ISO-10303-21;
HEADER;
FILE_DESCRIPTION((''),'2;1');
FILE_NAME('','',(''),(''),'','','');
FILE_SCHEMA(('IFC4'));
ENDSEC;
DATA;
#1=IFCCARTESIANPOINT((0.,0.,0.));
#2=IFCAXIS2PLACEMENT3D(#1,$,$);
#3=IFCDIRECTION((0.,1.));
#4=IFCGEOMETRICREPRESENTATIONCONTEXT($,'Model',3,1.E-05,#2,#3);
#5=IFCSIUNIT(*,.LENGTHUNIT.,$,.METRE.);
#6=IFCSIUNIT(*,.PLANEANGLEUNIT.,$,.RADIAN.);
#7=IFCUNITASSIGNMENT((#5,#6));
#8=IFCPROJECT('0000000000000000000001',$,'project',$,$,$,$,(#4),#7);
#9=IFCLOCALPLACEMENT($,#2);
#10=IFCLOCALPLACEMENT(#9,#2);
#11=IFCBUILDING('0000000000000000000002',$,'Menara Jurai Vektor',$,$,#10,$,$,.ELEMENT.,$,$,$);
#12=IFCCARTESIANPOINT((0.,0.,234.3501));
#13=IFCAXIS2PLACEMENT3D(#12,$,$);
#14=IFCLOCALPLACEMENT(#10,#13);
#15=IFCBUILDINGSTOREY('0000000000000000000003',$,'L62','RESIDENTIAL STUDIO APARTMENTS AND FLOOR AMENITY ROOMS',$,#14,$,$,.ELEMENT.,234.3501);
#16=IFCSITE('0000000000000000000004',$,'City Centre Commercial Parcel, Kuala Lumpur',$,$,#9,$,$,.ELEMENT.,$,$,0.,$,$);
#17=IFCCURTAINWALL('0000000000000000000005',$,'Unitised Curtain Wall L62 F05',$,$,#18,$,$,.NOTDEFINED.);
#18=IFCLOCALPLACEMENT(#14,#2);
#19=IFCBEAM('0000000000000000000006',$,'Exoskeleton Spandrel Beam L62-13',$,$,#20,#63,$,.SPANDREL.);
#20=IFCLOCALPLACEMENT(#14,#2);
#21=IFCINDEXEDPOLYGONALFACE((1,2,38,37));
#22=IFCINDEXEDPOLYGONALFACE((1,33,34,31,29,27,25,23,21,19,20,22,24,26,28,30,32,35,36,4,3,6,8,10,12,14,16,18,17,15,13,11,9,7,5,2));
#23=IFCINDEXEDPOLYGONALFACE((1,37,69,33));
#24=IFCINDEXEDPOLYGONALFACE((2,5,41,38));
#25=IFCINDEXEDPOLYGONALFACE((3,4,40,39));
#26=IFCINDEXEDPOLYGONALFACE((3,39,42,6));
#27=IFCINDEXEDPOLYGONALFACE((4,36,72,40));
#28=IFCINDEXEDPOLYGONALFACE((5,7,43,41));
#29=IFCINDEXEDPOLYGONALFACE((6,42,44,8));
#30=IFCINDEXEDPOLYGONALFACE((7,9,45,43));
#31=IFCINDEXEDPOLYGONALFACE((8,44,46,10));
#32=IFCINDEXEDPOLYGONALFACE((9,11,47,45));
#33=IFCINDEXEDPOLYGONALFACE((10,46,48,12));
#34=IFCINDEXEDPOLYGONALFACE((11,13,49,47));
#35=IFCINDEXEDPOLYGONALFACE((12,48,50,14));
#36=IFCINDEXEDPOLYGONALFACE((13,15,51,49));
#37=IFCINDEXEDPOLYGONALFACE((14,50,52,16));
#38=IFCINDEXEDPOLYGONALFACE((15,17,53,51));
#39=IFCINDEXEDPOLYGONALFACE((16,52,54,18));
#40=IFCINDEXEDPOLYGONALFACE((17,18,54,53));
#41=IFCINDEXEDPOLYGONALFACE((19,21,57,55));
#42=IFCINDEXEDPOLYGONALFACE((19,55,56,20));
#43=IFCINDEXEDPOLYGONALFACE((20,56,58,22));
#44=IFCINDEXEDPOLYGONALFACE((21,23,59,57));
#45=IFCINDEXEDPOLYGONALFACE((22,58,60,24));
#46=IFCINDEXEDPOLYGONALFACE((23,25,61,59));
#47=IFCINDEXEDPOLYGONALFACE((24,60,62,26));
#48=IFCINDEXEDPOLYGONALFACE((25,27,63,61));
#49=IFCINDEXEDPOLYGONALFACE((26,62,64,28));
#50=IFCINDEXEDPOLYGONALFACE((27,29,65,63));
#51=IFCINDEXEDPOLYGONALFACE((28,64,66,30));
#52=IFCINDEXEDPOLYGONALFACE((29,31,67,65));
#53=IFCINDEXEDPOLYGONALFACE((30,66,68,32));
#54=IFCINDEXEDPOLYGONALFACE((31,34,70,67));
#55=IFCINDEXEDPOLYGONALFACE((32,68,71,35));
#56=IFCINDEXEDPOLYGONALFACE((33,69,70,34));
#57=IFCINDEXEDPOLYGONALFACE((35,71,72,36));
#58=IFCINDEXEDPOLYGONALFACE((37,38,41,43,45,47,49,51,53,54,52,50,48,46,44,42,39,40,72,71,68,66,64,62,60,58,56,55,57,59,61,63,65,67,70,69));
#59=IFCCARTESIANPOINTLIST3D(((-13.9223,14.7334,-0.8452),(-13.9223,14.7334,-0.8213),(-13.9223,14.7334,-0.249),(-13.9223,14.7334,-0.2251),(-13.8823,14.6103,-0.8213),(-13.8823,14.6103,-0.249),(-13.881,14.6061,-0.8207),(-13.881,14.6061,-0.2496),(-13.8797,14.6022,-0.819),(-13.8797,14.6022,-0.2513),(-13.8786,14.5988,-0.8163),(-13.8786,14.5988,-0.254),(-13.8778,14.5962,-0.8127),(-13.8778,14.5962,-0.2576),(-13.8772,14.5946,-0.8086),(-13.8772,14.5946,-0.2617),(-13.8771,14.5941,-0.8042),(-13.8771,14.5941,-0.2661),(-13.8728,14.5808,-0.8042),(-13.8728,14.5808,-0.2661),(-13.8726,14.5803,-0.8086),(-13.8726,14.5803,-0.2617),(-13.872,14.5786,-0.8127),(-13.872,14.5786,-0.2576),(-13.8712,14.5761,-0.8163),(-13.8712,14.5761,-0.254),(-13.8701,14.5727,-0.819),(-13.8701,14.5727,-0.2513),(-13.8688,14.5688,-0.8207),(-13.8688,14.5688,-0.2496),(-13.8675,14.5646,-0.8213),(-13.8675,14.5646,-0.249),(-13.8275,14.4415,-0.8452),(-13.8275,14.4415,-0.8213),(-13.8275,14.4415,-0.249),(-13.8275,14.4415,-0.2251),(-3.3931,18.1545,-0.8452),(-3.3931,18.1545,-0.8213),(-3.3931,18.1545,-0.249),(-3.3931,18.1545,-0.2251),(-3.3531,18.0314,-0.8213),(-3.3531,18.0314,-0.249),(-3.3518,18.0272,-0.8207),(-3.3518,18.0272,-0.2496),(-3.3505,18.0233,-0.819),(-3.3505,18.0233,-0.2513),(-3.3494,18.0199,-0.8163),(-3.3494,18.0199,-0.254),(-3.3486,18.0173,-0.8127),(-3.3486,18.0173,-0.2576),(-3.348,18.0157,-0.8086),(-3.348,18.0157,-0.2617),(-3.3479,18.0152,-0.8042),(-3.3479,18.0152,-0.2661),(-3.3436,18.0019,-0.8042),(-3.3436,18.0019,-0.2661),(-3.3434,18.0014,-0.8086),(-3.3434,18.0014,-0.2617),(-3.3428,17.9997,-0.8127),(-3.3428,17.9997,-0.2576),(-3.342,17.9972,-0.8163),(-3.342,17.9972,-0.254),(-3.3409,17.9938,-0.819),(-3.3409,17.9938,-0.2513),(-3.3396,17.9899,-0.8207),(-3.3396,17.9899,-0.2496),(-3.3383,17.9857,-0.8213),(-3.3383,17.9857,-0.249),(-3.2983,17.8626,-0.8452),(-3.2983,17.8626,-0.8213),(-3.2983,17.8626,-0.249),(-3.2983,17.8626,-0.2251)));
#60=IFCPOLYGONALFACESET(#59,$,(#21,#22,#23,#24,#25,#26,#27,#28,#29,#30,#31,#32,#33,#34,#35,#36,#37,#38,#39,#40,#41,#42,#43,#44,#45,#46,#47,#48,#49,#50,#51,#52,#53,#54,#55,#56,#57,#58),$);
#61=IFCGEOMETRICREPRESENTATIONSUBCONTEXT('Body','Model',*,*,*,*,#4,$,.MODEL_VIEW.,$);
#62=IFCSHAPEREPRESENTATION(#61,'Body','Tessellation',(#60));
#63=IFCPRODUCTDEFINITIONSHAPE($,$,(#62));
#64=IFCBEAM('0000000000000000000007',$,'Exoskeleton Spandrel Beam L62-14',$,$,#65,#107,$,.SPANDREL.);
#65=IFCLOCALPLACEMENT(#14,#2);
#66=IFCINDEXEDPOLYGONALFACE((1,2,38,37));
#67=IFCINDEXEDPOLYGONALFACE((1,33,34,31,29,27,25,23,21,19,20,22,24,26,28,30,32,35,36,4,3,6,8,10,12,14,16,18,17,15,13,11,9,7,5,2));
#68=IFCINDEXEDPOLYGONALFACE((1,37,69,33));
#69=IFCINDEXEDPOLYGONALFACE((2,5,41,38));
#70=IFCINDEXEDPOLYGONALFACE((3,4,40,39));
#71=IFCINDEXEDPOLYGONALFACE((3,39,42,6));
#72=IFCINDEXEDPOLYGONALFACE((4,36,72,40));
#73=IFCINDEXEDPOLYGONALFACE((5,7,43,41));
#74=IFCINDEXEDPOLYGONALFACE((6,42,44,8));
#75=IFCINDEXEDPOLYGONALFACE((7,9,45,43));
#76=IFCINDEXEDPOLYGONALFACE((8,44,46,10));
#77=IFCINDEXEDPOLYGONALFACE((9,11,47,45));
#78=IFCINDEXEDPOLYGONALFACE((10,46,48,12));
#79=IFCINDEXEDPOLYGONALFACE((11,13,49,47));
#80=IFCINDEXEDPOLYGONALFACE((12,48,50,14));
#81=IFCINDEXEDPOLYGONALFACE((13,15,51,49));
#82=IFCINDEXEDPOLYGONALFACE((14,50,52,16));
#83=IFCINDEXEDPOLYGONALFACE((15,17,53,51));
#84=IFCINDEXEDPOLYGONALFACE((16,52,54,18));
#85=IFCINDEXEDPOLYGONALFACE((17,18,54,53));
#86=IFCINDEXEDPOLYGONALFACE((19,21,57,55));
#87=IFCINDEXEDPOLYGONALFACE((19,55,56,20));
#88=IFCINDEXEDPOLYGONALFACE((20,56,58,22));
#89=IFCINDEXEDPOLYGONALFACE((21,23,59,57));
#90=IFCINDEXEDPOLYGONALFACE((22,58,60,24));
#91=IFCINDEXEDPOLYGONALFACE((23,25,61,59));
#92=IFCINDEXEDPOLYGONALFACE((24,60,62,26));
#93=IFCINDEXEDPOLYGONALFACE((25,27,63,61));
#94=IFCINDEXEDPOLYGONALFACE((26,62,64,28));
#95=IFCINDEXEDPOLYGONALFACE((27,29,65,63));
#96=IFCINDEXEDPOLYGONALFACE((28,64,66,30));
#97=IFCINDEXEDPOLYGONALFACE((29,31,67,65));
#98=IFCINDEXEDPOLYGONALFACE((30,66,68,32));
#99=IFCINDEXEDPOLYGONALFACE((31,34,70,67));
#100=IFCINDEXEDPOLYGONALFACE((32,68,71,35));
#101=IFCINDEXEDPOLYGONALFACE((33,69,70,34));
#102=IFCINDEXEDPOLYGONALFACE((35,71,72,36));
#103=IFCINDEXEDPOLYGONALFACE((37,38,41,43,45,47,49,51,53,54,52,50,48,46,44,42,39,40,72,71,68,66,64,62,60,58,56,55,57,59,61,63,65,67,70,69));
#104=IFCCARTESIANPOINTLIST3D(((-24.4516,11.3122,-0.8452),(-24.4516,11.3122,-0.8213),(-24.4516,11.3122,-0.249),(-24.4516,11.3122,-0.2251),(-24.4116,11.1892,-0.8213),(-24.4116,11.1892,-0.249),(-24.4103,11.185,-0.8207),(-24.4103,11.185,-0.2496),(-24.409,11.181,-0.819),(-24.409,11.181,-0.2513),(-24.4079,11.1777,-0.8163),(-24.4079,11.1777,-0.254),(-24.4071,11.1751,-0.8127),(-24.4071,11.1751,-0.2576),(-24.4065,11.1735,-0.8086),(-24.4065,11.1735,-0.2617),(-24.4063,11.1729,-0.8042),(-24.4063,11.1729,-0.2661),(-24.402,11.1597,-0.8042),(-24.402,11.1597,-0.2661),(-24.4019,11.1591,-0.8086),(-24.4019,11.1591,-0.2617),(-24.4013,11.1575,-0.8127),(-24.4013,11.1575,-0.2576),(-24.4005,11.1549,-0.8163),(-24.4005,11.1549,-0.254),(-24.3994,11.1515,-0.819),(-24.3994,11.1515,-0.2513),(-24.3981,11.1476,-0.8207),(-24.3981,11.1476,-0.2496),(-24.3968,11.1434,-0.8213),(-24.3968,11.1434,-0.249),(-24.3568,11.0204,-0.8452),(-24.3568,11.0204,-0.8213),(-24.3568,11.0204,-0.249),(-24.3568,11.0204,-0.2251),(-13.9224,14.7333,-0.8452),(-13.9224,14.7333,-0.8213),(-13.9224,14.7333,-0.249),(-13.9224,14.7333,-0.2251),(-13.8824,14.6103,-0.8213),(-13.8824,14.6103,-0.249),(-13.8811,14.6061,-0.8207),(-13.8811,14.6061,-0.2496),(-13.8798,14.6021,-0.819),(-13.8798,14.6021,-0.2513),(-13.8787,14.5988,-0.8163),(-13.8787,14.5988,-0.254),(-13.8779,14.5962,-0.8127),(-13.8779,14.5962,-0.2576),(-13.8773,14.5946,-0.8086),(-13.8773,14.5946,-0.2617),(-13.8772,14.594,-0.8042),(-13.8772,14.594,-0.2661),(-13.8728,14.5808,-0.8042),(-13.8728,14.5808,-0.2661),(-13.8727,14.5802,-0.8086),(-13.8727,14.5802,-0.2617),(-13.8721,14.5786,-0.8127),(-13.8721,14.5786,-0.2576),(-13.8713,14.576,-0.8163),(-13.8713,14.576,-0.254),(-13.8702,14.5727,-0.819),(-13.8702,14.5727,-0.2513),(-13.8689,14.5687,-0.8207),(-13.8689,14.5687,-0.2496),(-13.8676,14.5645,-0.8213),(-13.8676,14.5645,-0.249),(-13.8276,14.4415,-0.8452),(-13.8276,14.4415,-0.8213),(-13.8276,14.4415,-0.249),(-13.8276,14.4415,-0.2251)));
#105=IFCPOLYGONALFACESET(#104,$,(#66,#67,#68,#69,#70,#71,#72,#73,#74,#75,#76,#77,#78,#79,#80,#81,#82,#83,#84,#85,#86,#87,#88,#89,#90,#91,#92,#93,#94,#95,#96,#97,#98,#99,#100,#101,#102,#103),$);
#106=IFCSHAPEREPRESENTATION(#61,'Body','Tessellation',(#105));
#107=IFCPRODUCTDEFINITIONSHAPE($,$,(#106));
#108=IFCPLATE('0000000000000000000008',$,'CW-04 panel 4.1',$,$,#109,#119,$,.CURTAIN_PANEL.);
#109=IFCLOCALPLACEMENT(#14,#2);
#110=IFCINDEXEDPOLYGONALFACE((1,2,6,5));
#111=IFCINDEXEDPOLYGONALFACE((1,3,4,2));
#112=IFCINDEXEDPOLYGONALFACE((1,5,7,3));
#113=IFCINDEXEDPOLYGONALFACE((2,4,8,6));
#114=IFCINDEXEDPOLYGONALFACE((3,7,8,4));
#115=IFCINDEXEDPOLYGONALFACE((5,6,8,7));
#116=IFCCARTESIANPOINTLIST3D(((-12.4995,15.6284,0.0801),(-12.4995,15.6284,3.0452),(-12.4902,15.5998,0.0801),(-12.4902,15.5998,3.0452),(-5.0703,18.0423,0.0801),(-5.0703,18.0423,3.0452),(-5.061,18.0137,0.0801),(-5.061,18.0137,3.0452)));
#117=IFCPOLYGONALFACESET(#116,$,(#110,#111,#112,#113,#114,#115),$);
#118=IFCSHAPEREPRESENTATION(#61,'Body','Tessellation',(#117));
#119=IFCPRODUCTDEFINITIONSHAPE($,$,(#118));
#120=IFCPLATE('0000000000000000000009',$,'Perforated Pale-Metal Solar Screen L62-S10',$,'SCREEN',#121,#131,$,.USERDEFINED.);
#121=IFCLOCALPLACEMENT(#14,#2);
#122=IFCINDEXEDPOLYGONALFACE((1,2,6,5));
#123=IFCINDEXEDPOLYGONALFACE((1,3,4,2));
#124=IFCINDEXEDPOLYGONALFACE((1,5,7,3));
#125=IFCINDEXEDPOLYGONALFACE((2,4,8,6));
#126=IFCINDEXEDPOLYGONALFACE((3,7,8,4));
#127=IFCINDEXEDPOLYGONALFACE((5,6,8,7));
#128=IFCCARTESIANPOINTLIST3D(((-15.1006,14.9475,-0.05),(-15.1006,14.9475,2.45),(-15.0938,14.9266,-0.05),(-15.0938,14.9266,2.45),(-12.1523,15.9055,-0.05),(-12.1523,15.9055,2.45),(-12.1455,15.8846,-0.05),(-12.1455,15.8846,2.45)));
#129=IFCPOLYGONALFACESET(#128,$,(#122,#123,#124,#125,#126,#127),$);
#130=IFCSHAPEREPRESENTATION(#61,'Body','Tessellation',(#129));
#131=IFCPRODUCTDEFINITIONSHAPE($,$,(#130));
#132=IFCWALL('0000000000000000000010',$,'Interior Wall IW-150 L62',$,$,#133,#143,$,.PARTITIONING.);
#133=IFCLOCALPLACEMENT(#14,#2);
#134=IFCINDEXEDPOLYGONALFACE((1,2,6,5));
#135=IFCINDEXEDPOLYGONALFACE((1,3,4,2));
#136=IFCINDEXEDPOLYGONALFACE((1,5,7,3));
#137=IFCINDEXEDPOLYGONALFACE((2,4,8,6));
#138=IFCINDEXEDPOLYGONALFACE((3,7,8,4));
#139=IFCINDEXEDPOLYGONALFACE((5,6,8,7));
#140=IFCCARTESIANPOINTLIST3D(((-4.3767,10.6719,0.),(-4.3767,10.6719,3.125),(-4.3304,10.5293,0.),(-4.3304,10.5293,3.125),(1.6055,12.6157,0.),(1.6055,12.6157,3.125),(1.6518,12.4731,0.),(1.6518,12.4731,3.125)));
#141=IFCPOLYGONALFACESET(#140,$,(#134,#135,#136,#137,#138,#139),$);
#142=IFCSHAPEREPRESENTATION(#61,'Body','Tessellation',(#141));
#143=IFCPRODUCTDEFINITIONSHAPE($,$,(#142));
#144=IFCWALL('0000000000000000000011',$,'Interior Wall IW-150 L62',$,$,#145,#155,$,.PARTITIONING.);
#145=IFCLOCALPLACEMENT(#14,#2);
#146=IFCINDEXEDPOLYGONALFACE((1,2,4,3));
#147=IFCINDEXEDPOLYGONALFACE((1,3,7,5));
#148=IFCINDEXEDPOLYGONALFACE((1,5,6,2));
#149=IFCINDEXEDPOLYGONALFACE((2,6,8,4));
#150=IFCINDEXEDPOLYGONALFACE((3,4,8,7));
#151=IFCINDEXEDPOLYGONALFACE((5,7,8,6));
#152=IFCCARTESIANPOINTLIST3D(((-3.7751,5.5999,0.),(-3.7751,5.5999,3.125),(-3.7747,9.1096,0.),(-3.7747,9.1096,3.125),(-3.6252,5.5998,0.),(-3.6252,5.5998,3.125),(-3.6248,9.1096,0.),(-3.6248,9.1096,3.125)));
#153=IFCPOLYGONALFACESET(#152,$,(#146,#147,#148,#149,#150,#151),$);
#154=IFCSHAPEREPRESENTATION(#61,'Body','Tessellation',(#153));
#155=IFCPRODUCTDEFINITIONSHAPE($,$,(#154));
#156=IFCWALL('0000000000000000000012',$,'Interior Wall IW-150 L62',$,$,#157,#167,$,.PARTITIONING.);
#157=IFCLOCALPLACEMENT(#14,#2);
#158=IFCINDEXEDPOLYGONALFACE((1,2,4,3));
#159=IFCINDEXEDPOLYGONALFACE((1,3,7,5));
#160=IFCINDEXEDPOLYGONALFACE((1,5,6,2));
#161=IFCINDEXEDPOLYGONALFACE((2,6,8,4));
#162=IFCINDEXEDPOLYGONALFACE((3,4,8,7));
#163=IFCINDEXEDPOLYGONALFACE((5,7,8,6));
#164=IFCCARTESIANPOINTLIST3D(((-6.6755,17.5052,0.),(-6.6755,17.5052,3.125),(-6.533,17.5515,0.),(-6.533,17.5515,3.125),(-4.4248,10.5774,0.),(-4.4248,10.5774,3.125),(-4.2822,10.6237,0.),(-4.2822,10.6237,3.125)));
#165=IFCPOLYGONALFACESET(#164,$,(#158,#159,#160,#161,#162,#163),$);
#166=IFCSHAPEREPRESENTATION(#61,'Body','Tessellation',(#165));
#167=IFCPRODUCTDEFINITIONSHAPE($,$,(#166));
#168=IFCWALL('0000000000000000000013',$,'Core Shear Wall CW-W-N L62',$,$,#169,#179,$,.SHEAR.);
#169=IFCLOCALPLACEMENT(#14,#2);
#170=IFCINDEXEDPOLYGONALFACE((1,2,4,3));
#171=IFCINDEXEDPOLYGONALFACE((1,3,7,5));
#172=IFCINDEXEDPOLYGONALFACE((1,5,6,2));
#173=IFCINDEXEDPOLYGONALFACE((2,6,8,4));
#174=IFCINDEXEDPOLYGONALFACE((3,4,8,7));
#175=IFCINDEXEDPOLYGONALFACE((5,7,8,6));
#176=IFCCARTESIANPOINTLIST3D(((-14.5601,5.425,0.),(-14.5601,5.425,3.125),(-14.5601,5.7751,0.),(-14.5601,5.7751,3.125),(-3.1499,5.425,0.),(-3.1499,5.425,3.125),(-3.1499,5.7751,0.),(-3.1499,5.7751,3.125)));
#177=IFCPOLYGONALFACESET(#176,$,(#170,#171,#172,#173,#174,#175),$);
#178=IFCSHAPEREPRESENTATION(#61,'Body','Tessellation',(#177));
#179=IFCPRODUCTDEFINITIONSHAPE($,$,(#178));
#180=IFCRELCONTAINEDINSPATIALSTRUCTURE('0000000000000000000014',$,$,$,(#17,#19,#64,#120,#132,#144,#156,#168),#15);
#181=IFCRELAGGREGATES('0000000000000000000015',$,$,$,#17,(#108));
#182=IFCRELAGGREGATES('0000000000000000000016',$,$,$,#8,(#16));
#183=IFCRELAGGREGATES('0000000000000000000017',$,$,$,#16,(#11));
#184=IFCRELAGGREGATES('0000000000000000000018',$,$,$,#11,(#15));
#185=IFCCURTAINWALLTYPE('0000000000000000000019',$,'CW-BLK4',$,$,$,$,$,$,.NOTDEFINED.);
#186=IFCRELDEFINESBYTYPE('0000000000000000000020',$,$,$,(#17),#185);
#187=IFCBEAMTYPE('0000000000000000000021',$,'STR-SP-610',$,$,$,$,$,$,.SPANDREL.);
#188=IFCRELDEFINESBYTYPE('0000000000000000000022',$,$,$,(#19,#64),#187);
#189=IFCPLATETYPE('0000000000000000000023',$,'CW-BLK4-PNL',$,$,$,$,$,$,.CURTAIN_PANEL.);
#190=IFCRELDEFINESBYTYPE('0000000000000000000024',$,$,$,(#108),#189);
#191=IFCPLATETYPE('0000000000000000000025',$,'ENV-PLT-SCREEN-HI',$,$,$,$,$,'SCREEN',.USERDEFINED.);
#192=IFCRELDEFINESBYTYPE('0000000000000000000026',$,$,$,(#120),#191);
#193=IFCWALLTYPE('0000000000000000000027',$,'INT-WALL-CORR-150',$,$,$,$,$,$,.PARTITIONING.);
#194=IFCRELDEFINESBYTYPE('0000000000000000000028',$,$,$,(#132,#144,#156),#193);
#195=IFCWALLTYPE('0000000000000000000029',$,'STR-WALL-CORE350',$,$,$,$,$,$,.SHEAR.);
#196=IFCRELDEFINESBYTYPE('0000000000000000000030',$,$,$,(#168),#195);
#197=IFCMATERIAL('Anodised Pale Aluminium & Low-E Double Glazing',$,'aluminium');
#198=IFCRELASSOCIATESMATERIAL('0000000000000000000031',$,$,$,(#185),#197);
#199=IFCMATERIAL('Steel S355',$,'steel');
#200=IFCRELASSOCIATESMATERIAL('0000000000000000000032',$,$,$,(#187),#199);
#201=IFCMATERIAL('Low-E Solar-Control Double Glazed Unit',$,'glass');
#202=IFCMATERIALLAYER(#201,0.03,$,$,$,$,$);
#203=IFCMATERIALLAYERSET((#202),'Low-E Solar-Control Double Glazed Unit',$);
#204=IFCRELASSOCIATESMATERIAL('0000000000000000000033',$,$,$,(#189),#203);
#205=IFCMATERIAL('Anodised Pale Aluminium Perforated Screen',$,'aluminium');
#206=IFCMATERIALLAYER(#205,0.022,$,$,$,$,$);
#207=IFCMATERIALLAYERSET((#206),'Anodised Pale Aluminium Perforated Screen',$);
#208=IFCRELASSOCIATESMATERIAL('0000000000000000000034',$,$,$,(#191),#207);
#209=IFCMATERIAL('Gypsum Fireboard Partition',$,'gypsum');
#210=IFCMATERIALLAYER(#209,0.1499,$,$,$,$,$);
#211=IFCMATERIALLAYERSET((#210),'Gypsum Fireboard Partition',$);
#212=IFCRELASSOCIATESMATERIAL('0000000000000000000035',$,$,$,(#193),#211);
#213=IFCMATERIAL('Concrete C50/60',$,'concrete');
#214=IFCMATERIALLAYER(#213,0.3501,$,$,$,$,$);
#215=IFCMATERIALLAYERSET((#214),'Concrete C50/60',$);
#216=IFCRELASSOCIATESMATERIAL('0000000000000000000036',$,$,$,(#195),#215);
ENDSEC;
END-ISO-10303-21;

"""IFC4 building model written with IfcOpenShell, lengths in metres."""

from ifc_helpers import new_model, si_unit, direction, frame, frame_2d, origin, origin_2d, place, context, subcontext, project, spatial, rectangle, i_section, extrude, material, layer, layer_set, material_profile, profile_set, type_object, element, aggregate, save


model = new_model("IFC4")

# Units and contexts
model_context = context("Model", 3, precision=1e-05, world=origin(), true_north=direction((0.0, 1.0)))
body_context = subcontext(model_context, "Body", "Model", "MODEL_VIEW")
ifc_project = project(units=[si_unit("LENGTHUNIT", "METRE"), si_unit("PLANEANGLEUNIT", "RADIAN")], contexts=[model_context])

# Site, building, storey
site_placement = place(None, origin())
site = spatial("IfcSite", under=ifc_project, at=site_placement, Name="City Centre Commercial Parcel, Kuala Lumpur", CompositionType="ELEMENT", RefElevation=0.0)
building_placement = place(site_placement, origin())
building = spatial("IfcBuilding", under=site, at=building_placement, Name="Menara Jurai Vektor", CompositionType="ELEMENT")
storey_placement = place(building_placement, frame((0.0, 0.0, 234.3501)))
storey = spatial("IfcBuildingStorey", under=building, at=storey_placement, Name="L62", Description="RESIDENTIAL STUDIO APARTMENTS AND FLOOR AMENITY ROOMS", CompositionType="ELEMENT", Elevation=234.3501)

# Shared definitions
ifc_material_1 = material(Name="Concrete C50/60", Category="concrete")
ifc_material_2 = material(Name="Steel S355", Category="steel")

# Curtain wall
ifc_material_3 = material(Name="Anodised Pale Aluminium & Low-E Double Glazing", Category="aluminium")
curtain_wall_type = type_object("IfcCurtainWallType", Name="CW-BLK4", PredefinedType="NOTDEFINED", material=ifc_material_3)
curtain_wall_placement = place(storey_placement, origin())
curtain_wall = element("IfcCurtainWall", 1, at=curtain_wall_placement, inside=storey, type_object=curtain_wall_type, Name="Unitised Curtain Wall L62 F05", PredefinedType="NOTDEFINED")

# Beams
ifc_material_profile_1 = material_profile(ifc_material_2, i_section(OverallWidth=0.3069, OverallDepth=0.6201, WebThickness=0.0139, FlangeThickness=0.0239, FilletRadius=0.0171, at=origin_2d()), Name="UKB 610x305x179")
ifc_profile_set_1 = profile_set([ifc_material_profile_1], Name="Steel S355")
beam_type_1 = type_object("IfcBeamType", Name="STR-SP-610", PredefinedType="SPANDREL", material=ifc_profile_set_1)
for number, where, z_axis, x_axis, name in (
    (2, (-3.3457, 18.0085, -0.5352), (-0.951057, -0.309014, 0.0), (0.309014, -0.951057, 0.0), "Exoskeleton Spandrel Beam L62-13"),
    (3, (-13.875, 14.5874, -0.5352), (-0.951057, -0.309014, 0.0), (0.309014, -0.951057, 0.0), "Exoskeleton Spandrel Beam L62-14"),
):
    element("IfcBeam", number, at=place(storey_placement, frame(where, z_axis=z_axis, x_axis=x_axis)), inside=storey, type_object=beam_type_1, Name=name, PredefinedType="SPANDREL", context=body_context, shape_type="SweptSolid", body=[
        extrude(i_section(OverallWidth=0.3069, OverallDepth=0.6201, WebThickness=0.0139, FlangeThickness=0.0239, FilletRadius=0.0171, at=origin_2d()), origin(), (0.0, 0.0, 1.0), 11.071),
    ])

# Plates
ifc_material_4 = material(Name="Low-E Solar-Control Double Glazed Unit", Category="glass")
ifc_layer_1 = layer(ifc_material_4, 0.03)
ifc_layer_set_1 = layer_set([ifc_layer_1], Name="Low-E Solar-Control Double Glazed Unit")
plate_type_1 = type_object("IfcPlateType", Name="CW-BLK4-PNL", PredefinedType="CURTAIN_PANEL", material=ifc_layer_set_1)
plate_1_placement = place(storey_placement, frame((-8.7803, 16.821, 0.0801), z_axis=(0.0, 0.0, 1.0), x_axis=(-0.951056, -0.309017, 0.0)))
plate_1 = element("IfcPlate", 4, at=plate_1_placement, type_object=plate_type_1, Name="CW-04 panel 4.1", PredefinedType="CURTAIN_PANEL", context=body_context, shape_type="SweptSolid", body=[
    extrude(rectangle(XDim=7.8115, YDim=0.03, at=origin_2d()), origin(), (0.0, 0.0, 1.0), 2.9651),
])
aggregate(curtain_wall, [plate_1])
ifc_material_5 = material(Name="Anodised Pale Aluminium Perforated Screen", Category="aluminium")
ifc_layer_2 = layer(ifc_material_5, 0.022)
ifc_layer_set_2 = layer_set([ifc_layer_2], Name="Anodised Pale Aluminium Perforated Screen")
plate_type_2 = type_object("IfcPlateType", Name="ENV-PLT-SCREEN-HI", ElementType="SCREEN", PredefinedType="USERDEFINED", material=ifc_layer_set_2)
plate_2_placement = place(storey_placement, frame((-13.623, 15.416, -0.05), z_axis=(0.0, 0.0, 1.0), x_axis=(-0.951057, -0.309017, 0.0)))
element("IfcPlate", 5, at=plate_2_placement, inside=storey, type_object=plate_type_2, Name="Perforated Pale-Metal Solar Screen L62-S10", ObjectType="SCREEN", PredefinedType="USERDEFINED", context=body_context, shape_type="SweptSolid", body=[
    extrude(rectangle(XDim=3.1001, YDim=0.022, at=origin_2d()), origin(), (0.0, 0.0, 1.0), 2.5),
])

# Wall
ifc_material_6 = material(Name="Gypsum Fireboard Partition", Category="gypsum")
ifc_layer_3 = layer(ifc_material_6, 0.1499)
ifc_layer_set_3 = layer_set([ifc_layer_3], Name="Gypsum Fireboard Partition")
wall_type_1 = type_object("IfcWallType", Name="INT-WALL-CORR-150", PredefinedType="PARTITIONING", material=ifc_layer_set_3)
wall_1_placement = place(storey_placement, frame((-4.3535, 10.6006, 0.0), z_axis=(0.0, 0.0, 1.0), x_axis=(0.951051, 0.309034, 0.0)))
element("IfcWall", 6, at=wall_1_placement, inside=storey, type_object=wall_type_1, Name="Interior Wall IW-150 L62", PredefinedType="PARTITIONING", context=body_context, shape_type="SweptSolid", body=[
    extrude(rectangle(XDim=6.29, YDim=0.1499, at=frame_2d((3.145, 0.0))), origin(), (0.0, 0.0, 1.0), 3.125),
])

# Walls
wall_2_placement = place(storey_placement, frame((-3.7002, 5.5999, 0.0), z_axis=(0.0, 0.0, 1.0), x_axis=(0.000139, 1.0, 0.0)))
element("IfcWall", 7, at=wall_2_placement, inside=storey, type_object=wall_type_1, Name="Interior Wall IW-150 L62", PredefinedType="PARTITIONING", context=body_context, shape_type="SweptSolid", body=[
    extrude(rectangle(XDim=3.5098, YDim=0.1499, at=frame_2d((1.7549, 0.0))), origin(), (0.0, 0.0, 1.0), 3.125),
])
wall_3_placement = place(storey_placement, frame((-4.3535, 10.6006, 0.0), z_axis=(0.0, 0.0, 1.0), x_axis=(-0.308989, 0.951066, 0.0)))
element("IfcWall", 8, at=wall_3_placement, inside=storey, type_object=wall_type_1, Name="Interior Wall IW-150 L62", PredefinedType="PARTITIONING", context=body_context, shape_type="SweptSolid", body=[
    extrude(rectangle(XDim=7.2842, YDim=0.1499, at=frame_2d((3.6421, 0.0))), origin(), (0.0, 0.0, 1.0), 3.125),
])
ifc_layer_4 = layer(ifc_material_1, 0.3501)
ifc_layer_set_4 = layer_set([ifc_layer_4], Name="Concrete C50/60")
wall_type_2 = type_object("IfcWallType", Name="STR-WALL-CORE350", PredefinedType="SHEAR", material=ifc_layer_set_4)
wall_4_placement = place(storey_placement, frame((-14.5601, 5.6001, 0.0), z_axis=(0.0, 0.0, 1.0), x_axis=(1.0, 0.0, 0.0)))
element("IfcWall", 9, at=wall_4_placement, inside=storey, type_object=wall_type_2, Name="Core Shear Wall CW-W-N L62", PredefinedType="SHEAR", context=body_context, shape_type="SweptSolid", body=[
    extrude(rectangle(XDim=11.4102, YDim=0.3501, at=frame_2d((5.7051, 0.0))), origin(), (0.0, 0.0, 1.0), 3.125),
])

save(model, "model.ifc")
